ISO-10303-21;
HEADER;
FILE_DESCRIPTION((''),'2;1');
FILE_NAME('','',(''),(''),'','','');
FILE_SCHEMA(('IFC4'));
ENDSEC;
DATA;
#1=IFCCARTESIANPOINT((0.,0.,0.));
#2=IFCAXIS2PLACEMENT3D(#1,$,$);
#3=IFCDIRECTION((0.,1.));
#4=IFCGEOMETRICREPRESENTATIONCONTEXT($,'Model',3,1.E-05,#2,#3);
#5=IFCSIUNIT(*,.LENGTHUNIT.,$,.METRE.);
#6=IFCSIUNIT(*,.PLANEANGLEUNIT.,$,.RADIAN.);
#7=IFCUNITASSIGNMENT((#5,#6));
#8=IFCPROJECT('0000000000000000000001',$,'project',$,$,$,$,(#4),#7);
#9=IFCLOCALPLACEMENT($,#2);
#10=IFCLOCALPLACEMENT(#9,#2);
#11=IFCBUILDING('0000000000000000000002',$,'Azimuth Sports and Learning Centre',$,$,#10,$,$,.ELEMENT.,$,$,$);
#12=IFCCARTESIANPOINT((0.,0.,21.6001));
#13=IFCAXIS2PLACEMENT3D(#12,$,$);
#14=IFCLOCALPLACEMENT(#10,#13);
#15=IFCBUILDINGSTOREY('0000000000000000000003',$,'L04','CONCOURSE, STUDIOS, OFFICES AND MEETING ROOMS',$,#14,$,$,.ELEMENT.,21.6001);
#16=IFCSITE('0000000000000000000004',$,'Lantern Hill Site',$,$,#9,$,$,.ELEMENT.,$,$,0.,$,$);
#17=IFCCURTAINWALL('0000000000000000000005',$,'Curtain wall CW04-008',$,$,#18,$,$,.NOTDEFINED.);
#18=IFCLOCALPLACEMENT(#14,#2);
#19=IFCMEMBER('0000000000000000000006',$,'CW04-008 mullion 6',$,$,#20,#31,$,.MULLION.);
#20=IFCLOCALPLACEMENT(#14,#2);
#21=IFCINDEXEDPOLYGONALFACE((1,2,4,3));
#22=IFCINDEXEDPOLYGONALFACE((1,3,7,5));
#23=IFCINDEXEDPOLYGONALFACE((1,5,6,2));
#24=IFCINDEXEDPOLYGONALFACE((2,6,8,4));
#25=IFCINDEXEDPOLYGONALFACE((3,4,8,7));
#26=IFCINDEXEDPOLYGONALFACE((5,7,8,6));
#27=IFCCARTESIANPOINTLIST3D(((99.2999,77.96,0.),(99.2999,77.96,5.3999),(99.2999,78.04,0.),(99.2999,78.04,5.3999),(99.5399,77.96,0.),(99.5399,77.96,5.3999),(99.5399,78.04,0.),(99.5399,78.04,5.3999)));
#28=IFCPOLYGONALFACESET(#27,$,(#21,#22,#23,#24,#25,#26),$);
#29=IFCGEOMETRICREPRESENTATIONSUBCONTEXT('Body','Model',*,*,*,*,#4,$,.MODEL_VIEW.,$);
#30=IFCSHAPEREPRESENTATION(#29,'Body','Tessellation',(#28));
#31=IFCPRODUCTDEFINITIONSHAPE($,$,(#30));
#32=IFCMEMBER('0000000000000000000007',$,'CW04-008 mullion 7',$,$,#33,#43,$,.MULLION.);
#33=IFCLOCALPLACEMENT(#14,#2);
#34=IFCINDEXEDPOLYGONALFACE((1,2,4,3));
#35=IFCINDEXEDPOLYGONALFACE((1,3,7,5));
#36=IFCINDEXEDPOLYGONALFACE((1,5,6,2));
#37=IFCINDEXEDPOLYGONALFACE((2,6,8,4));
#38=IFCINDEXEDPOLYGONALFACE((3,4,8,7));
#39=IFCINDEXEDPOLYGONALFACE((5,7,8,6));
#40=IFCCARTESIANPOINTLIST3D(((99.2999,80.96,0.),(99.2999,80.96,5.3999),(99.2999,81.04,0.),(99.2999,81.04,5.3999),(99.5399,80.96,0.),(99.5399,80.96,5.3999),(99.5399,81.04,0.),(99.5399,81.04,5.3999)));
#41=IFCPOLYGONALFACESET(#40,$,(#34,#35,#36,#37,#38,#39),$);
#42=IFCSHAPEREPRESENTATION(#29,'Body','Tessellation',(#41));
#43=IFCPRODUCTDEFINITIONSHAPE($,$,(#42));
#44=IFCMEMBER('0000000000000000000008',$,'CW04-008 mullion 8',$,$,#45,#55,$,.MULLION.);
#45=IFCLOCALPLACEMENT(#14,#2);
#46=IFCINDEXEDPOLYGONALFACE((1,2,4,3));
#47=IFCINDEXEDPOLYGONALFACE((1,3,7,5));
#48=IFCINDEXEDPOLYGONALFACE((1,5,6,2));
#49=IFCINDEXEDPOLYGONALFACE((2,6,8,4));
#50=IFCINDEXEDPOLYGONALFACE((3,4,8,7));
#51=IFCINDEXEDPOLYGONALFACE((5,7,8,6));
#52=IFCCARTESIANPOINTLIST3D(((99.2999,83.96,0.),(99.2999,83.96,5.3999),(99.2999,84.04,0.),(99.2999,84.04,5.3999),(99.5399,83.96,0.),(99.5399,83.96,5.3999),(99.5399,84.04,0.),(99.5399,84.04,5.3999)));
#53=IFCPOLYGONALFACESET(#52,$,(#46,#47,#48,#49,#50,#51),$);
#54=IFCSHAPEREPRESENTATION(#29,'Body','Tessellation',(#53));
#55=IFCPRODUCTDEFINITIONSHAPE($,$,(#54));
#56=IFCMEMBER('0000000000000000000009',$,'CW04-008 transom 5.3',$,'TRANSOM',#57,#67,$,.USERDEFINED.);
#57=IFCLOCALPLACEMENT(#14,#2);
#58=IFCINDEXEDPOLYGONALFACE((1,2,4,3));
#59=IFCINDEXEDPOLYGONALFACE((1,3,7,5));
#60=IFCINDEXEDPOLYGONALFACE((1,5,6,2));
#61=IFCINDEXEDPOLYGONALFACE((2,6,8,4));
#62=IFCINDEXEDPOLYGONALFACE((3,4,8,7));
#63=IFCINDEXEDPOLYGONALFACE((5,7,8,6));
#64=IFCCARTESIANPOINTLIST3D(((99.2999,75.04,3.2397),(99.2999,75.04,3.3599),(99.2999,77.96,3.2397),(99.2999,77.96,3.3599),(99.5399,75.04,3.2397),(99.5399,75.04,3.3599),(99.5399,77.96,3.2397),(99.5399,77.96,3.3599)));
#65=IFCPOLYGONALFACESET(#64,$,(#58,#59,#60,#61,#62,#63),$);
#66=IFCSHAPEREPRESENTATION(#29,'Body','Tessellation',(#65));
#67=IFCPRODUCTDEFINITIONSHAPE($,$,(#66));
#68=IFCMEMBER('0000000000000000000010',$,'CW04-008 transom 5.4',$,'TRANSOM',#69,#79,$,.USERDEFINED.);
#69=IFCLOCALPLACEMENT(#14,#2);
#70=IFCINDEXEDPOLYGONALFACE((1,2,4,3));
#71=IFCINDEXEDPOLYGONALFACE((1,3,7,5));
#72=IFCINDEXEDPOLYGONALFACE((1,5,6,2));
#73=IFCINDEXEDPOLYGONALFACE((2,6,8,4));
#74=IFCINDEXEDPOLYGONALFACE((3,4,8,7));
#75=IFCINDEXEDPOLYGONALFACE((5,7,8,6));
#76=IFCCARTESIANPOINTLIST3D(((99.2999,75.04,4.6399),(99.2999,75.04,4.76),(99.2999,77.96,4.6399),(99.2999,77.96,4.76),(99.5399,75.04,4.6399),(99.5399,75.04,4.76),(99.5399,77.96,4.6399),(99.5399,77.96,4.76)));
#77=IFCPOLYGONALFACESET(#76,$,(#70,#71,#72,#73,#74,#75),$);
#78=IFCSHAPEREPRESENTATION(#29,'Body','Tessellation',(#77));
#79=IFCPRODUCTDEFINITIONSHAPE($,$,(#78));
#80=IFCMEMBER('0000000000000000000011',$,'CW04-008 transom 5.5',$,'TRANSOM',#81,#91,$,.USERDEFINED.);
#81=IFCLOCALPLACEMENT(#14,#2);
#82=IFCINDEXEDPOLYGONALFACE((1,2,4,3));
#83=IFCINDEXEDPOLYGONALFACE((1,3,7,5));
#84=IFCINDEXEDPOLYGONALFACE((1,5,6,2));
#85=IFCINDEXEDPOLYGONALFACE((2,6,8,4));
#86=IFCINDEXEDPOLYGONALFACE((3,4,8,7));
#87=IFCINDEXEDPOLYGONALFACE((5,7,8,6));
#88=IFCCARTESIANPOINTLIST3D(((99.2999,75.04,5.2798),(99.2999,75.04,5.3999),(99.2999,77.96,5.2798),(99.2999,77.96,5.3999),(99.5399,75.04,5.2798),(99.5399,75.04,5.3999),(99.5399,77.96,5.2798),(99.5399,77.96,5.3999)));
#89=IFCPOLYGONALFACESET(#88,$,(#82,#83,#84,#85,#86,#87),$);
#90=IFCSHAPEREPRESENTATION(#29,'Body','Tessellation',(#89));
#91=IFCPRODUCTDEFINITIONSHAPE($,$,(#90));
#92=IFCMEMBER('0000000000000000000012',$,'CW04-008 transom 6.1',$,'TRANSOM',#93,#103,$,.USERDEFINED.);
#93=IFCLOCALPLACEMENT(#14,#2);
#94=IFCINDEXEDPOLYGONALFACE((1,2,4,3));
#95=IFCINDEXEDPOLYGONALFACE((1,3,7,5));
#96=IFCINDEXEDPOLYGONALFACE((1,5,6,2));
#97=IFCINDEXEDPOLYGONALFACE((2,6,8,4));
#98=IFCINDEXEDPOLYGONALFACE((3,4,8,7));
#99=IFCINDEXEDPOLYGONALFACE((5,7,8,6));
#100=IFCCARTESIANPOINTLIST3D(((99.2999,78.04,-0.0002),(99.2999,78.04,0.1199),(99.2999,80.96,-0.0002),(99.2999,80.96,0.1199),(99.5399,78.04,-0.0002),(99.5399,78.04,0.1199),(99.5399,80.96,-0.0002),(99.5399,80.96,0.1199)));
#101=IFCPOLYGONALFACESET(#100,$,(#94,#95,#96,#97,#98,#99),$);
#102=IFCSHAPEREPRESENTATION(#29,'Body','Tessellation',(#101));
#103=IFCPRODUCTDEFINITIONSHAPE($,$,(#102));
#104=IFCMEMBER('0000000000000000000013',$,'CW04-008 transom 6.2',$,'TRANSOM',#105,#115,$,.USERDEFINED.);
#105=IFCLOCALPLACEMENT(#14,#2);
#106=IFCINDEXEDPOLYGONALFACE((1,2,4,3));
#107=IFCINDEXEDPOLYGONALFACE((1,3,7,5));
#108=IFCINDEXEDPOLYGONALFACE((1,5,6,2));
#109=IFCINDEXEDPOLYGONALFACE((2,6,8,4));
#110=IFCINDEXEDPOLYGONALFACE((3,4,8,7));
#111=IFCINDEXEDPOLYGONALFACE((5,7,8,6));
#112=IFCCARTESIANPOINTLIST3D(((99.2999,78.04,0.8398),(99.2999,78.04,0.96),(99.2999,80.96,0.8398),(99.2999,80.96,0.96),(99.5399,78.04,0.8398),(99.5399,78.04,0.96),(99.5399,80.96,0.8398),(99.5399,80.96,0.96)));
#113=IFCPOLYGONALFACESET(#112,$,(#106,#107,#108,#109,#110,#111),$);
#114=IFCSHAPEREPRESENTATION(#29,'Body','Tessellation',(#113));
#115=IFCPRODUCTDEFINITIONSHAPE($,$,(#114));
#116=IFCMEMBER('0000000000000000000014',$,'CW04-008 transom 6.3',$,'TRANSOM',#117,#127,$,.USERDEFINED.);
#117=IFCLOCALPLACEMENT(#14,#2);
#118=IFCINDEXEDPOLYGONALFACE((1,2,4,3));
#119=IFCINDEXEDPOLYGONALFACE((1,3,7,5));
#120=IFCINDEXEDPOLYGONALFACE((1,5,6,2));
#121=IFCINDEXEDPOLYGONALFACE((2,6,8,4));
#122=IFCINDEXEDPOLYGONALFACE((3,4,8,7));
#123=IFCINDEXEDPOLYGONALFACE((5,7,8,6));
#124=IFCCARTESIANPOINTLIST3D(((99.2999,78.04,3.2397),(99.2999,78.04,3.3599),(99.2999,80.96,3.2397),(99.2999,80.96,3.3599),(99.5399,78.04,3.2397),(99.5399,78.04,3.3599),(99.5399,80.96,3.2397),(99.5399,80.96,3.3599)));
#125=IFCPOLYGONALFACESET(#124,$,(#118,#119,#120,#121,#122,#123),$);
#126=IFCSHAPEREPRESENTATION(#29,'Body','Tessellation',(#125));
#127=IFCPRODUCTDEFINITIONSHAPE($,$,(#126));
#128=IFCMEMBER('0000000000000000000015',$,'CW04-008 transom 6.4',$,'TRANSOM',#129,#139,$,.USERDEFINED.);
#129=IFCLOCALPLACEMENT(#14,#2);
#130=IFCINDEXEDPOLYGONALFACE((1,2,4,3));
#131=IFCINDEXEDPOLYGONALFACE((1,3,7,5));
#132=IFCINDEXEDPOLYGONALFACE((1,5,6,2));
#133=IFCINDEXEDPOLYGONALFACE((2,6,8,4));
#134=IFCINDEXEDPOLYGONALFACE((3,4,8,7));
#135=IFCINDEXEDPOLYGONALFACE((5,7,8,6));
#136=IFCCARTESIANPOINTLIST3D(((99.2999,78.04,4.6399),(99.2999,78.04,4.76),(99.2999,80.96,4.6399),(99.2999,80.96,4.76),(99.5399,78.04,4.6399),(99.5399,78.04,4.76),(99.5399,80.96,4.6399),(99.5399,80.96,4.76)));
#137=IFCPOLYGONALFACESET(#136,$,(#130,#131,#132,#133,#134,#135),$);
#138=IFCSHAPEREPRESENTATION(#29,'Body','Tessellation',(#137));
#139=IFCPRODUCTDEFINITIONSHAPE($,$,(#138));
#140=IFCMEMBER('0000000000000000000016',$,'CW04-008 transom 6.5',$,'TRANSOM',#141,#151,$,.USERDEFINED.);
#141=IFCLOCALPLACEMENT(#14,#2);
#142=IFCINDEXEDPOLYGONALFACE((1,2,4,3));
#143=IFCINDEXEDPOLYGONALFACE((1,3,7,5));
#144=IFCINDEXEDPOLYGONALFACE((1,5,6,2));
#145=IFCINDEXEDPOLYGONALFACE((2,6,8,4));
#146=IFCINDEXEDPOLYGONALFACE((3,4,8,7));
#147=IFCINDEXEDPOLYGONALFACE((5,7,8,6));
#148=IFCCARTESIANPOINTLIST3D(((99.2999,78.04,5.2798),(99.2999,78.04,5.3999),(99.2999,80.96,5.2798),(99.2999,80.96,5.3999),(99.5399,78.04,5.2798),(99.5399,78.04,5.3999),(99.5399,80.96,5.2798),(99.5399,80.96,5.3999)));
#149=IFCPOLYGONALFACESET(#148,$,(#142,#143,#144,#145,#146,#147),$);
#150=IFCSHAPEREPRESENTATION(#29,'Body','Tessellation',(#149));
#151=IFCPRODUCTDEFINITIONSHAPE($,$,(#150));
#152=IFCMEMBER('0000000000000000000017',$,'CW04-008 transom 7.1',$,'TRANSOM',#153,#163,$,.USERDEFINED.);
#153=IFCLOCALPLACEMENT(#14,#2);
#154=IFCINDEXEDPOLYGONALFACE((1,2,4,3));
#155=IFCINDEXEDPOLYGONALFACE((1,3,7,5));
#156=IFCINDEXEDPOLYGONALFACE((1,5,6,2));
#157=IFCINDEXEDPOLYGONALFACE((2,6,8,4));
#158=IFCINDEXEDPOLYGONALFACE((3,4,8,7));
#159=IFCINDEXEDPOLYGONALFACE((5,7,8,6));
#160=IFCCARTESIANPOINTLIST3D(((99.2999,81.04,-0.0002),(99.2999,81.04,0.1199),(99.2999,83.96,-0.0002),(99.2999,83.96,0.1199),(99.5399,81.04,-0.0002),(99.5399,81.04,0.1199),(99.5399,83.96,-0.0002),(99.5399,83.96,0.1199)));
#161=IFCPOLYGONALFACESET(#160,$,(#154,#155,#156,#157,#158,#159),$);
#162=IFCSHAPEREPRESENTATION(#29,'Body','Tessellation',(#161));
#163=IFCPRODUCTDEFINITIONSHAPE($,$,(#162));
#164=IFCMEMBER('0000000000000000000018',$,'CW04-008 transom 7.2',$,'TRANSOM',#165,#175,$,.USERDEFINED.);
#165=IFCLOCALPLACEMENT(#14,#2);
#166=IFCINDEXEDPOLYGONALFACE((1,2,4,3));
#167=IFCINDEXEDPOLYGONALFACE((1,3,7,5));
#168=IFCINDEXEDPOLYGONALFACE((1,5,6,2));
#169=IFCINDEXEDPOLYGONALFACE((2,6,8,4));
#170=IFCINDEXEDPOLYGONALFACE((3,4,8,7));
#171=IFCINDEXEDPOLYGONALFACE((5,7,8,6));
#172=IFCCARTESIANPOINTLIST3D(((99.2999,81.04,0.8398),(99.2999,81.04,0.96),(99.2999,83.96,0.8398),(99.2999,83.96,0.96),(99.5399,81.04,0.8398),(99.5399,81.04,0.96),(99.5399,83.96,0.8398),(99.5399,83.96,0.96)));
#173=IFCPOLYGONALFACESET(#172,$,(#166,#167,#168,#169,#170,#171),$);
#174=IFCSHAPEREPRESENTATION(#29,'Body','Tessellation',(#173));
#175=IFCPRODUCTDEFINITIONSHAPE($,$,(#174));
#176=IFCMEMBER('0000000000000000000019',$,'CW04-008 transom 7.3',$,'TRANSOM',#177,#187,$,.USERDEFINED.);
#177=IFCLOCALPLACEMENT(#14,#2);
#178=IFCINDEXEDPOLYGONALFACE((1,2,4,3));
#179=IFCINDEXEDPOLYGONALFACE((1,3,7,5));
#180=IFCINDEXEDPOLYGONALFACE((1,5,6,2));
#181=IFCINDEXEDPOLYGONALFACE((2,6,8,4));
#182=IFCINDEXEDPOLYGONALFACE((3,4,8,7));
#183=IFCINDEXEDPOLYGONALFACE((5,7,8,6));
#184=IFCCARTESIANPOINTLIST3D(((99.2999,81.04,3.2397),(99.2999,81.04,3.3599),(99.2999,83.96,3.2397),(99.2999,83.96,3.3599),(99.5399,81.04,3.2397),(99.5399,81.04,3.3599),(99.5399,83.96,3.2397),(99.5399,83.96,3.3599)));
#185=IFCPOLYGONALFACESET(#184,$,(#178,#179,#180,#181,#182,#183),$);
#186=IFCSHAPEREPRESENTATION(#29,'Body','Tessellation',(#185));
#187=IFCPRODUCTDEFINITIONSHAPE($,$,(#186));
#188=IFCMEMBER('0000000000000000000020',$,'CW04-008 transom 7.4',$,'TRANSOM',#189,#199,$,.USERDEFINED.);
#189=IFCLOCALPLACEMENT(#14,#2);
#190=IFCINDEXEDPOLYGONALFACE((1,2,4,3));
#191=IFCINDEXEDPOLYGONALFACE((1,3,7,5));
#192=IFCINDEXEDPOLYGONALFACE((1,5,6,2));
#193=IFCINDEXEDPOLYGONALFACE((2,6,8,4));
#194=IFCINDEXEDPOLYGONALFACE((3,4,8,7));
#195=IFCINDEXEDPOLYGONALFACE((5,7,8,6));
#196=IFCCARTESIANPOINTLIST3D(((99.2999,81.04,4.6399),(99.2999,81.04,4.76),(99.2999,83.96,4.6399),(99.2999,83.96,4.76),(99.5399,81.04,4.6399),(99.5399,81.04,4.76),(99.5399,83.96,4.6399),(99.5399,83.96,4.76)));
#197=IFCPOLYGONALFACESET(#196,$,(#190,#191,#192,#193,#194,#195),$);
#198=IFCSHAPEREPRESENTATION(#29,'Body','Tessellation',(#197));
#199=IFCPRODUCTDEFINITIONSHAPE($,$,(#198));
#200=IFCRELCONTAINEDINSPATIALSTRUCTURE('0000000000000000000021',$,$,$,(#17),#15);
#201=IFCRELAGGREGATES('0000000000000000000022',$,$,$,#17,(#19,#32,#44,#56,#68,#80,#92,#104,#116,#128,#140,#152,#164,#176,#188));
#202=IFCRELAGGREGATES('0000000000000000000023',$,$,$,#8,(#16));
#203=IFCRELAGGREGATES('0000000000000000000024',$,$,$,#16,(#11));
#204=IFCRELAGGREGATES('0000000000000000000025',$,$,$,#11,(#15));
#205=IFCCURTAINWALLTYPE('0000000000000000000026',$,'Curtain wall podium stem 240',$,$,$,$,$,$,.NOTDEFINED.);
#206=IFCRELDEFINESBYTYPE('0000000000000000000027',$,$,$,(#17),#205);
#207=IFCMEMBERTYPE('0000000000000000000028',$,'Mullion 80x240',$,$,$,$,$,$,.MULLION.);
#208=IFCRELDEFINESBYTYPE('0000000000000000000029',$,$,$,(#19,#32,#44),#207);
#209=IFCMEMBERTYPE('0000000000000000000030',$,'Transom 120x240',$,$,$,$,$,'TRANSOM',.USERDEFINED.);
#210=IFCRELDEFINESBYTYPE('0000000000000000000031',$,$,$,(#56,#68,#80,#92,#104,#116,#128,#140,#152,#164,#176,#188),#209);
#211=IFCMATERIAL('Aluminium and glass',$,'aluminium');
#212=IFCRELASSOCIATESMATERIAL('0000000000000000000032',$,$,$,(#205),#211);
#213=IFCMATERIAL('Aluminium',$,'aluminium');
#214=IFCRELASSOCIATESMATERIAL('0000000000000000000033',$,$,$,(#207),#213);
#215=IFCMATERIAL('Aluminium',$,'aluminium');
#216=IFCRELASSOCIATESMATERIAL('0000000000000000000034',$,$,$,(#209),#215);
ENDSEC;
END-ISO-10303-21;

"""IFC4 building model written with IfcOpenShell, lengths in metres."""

from ifc_helpers import new_model, si_unit, direction, frame, origin, origin_2d, place, context, subcontext, project, spatial, rectangle, extrude, material, material_profile, profile_set, type_object, element, aggregate, save


model = new_model("IFC4")

# Units and contexts
model_context = context("Model", 3, precision=1e-05, world=origin(), true_north=direction((0.0, 1.0)))
body_context = subcontext(model_context, "Body", "Model", "MODEL_VIEW")
ifc_project = project(units=[si_unit("LENGTHUNIT", "METRE"), si_unit("PLANEANGLEUNIT", "RADIAN")], contexts=[model_context])

# Site, building, storey
site_placement = place(None, origin())
site = spatial("IfcSite", under=ifc_project, at=site_placement, Name="Lantern Hill Site", CompositionType="ELEMENT", RefElevation=0.0)
building_placement = place(site_placement, origin())
building = spatial("IfcBuilding", under=site, at=building_placement, Name="Azimuth Sports and Learning Centre", CompositionType="ELEMENT")
storey_placement = place(building_placement, frame((0.0, 0.0, 21.6001)))
storey = spatial("IfcBuildingStorey", under=building, at=storey_placement, Name="L04", Description="CONCOURSE, STUDIOS, OFFICES AND MEETING ROOMS", CompositionType="ELEMENT", Elevation=21.6001)

# Curtain wall, members
ifc_material_1 = material(Name="Aluminium and glass", Category="aluminium")
curtain_wall_type = type_object("IfcCurtainWallType", Name="Curtain wall podium stem 240", PredefinedType="NOTDEFINED", material=ifc_material_1)
curtain_wall_placement = place(storey_placement, origin())
curtain_wall = element("IfcCurtainWall", 1, at=curtain_wall_placement, inside=storey, type_object=curtain_wall_type, Name="Curtain wall CW04-008", PredefinedType="NOTDEFINED")
ifc_material_2 = material(Name="Aluminium", Category="aluminium")
ifc_material_profile_1 = material_profile(ifc_material_2, rectangle(XDim=0.24, YDim=0.0801, at=origin_2d()), Name="Mullion 80x240")
ifc_profile_set_1 = profile_set([ifc_material_profile_1], Name="Aluminium")
member_type_1 = type_object("IfcMemberType", Name="Mullion 80x240", PredefinedType="MULLION", material=ifc_profile_set_1)
member_1_placement = place(storey_placement, frame((99.4199, 78.0, 0.0), z_axis=(0.0, 0.0, 1.0), x_axis=(-1.0, 0.0, 0.0)))
member_1 = element("IfcMember", 2, at=member_1_placement, type_object=member_type_1, Name="CW04-008 mullion 6", PredefinedType="MULLION", context=body_context, shape_type="SweptSolid", body=[
    extrude(rectangle(XDim=0.24, YDim=0.0801, at=origin_2d()), origin(), (0.0, 0.0, 1.0), 5.3999),
])
member_2_placement = place(storey_placement, frame((99.4199, 81.0, 0.0), z_axis=(0.0, 0.0, 1.0), x_axis=(-1.0, 0.0, 0.0)))
member_2 = element("IfcMember", 3, at=member_2_placement, type_object=member_type_1, Name="CW04-008 mullion 7", PredefinedType="MULLION", context=body_context, shape_type="SweptSolid", body=[
    extrude(rectangle(XDim=0.24, YDim=0.0801, at=origin_2d()), origin(), (0.0, 0.0, 1.0), 5.3999),
])
member_3_placement = place(storey_placement, frame((99.4199, 84.0, 0.0), z_axis=(0.0, 0.0, 1.0), x_axis=(-1.0, 0.0, 0.0)))
member_3 = element("IfcMember", 4, at=member_3_placement, type_object=member_type_1, Name="CW04-008 mullion 8", PredefinedType="MULLION", context=body_context, shape_type="SweptSolid", body=[
    extrude(rectangle(XDim=0.24, YDim=0.0801, at=origin_2d()), origin(), (0.0, 0.0, 1.0), 5.3999),
])
ifc_material_3 = material(Name="Aluminium", Category="aluminium")
ifc_material_profile_2 = material_profile(ifc_material_3, rectangle(XDim=0.24, YDim=0.1201, at=origin_2d()), Name="Transom 120x240")
ifc_profile_set_2 = profile_set([ifc_material_profile_2], Name="Aluminium")
member_type_2 = type_object("IfcMemberType", Name="Transom 120x240", ElementType="TRANSOM", PredefinedType="USERDEFINED", material=ifc_profile_set_2)
member_4_placement = place(storey_placement, frame((99.4199, 75.04, 3.2998), z_axis=(0.0, 1.0, 0.0), x_axis=(-1.0, 0.0, 0.0)))
member_4 = element("IfcMember", 5, at=member_4_placement, type_object=member_type_2, Name="CW04-008 transom 5.3", ObjectType="TRANSOM", PredefinedType="USERDEFINED", context=body_context, shape_type="SweptSolid", body=[
    extrude(rectangle(XDim=0.24, YDim=0.1201, at=origin_2d()), origin(), (0.0, 0.0, 1.0), 2.9199),
])
member_5_placement = place(storey_placement, frame((99.4199, 75.04, 4.7), z_axis=(0.0, 1.0, 0.0), x_axis=(-1.0, 0.0, 0.0)))
member_5 = element("IfcMember", 6, at=member_5_placement, type_object=member_type_2, Name="CW04-008 transom 5.4", ObjectType="TRANSOM", PredefinedType="USERDEFINED", context=body_context, shape_type="SweptSolid", body=[
    extrude(rectangle(XDim=0.24, YDim=0.1201, at=origin_2d()), origin(), (0.0, 0.0, 1.0), 2.9199),
])
member_6_placement = place(storey_placement, frame((99.4199, 75.04, 5.3398), z_axis=(0.0, 1.0, 0.0), x_axis=(-1.0, 0.0, 0.0)))
member_6 = element("IfcMember", 7, at=member_6_placement, type_object=member_type_2, Name="CW04-008 transom 5.5", ObjectType="TRANSOM", PredefinedType="USERDEFINED", context=body_context, shape_type="SweptSolid", body=[
    extrude(rectangle(XDim=0.24, YDim=0.1201, at=origin_2d()), origin(), (0.0, 0.0, 1.0), 2.9199),
])
member_7_placement = place(storey_placement, frame((99.4199, 78.04, 0.0598), z_axis=(0.0, 1.0, 0.0), x_axis=(-1.0, 0.0, 0.0)))
member_7 = element("IfcMember", 8, at=member_7_placement, type_object=member_type_2, Name="CW04-008 transom 6.1", ObjectType="TRANSOM", PredefinedType="USERDEFINED", context=body_context, shape_type="SweptSolid", body=[
    extrude(rectangle(XDim=0.24, YDim=0.1201, at=origin_2d()), origin(), (0.0, 0.0, 1.0), 2.9199),
])
member_8_placement = place(storey_placement, frame((99.4199, 78.04, 0.8999), z_axis=(0.0, 1.0, 0.0), x_axis=(-1.0, 0.0, 0.0)))
member_8 = element("IfcMember", 9, at=member_8_placement, type_object=member_type_2, Name="CW04-008 transom 6.2", ObjectType="TRANSOM", PredefinedType="USERDEFINED", context=body_context, shape_type="SweptSolid", body=[
    extrude(rectangle(XDim=0.24, YDim=0.1201, at=origin_2d()), origin(), (0.0, 0.0, 1.0), 2.9199),
])
member_9_placement = place(storey_placement, frame((99.4199, 78.04, 3.2998), z_axis=(0.0, 1.0, 0.0), x_axis=(-1.0, 0.0, 0.0)))
member_9 = element("IfcMember", 10, at=member_9_placement, type_object=member_type_2, Name="CW04-008 transom 6.3", ObjectType="TRANSOM", PredefinedType="USERDEFINED", context=body_context, shape_type="SweptSolid", body=[
    extrude(rectangle(XDim=0.24, YDim=0.1201, at=origin_2d()), origin(), (0.0, 0.0, 1.0), 2.9199),
])
member_10_placement = place(storey_placement, frame((99.4199, 78.04, 4.7), z_axis=(0.0, 1.0, 0.0), x_axis=(-1.0, 0.0, 0.0)))
member_10 = element("IfcMember", 11, at=member_10_placement, type_object=member_type_2, Name="CW04-008 transom 6.4", ObjectType="TRANSOM", PredefinedType="USERDEFINED", context=body_context, shape_type="SweptSolid", body=[
    extrude(rectangle(XDim=0.24, YDim=0.1201, at=origin_2d()), origin(), (0.0, 0.0, 1.0), 2.9199),
])
member_11_placement = place(storey_placement, frame((99.4199, 78.04, 5.3398), z_axis=(0.0, 1.0, 0.0), x_axis=(-1.0, 0.0, 0.0)))
member_11 = element("IfcMember", 12, at=member_11_placement, type_object=member_type_2, Name="CW04-008 transom 6.5", ObjectType="TRANSOM", PredefinedType="USERDEFINED", context=body_context, shape_type="SweptSolid", body=[
    extrude(rectangle(XDim=0.24, YDim=0.1201, at=origin_2d()), origin(), (0.0, 0.0, 1.0), 2.9199),
])
member_12_placement = place(storey_placement, frame((99.4199, 81.04, 0.0598), z_axis=(0.0, 1.0, 0.0), x_axis=(-1.0, 0.0, 0.0)))
member_12 = element("IfcMember", 13, at=member_12_placement, type_object=member_type_2, Name="CW04-008 transom 7.1", ObjectType="TRANSOM", PredefinedType="USERDEFINED", context=body_context, shape_type="SweptSolid", body=[
    extrude(rectangle(XDim=0.24, YDim=0.1201, at=origin_2d()), origin(), (0.0, 0.0, 1.0), 2.9199),
])
member_13_placement = place(storey_placement, frame((99.4199, 81.04, 0.8999), z_axis=(0.0, 1.0, 0.0), x_axis=(-1.0, 0.0, 0.0)))
member_13 = element("IfcMember", 14, at=member_13_placement, type_object=member_type_2, Name="CW04-008 transom 7.2", ObjectType="TRANSOM", PredefinedType="USERDEFINED", context=body_context, shape_type="SweptSolid", body=[
    extrude(rectangle(XDim=0.24, YDim=0.1201, at=origin_2d()), origin(), (0.0, 0.0, 1.0), 2.9199),
])
member_14_placement = place(storey_placement, frame((99.4199, 81.04, 3.2998), z_axis=(0.0, 1.0, 0.0), x_axis=(-1.0, 0.0, 0.0)))
member_14 = element("IfcMember", 15, at=member_14_placement, type_object=member_type_2, Name="CW04-008 transom 7.3", ObjectType="TRANSOM", PredefinedType="USERDEFINED", context=body_context, shape_type="SweptSolid", body=[
    extrude(rectangle(XDim=0.24, YDim=0.1201, at=origin_2d()), origin(), (0.0, 0.0, 1.0), 2.9199),
])
member_15_placement = place(storey_placement, frame((99.4199, 81.04, 4.7), z_axis=(0.0, 1.0, 0.0), x_axis=(-1.0, 0.0, 0.0)))
member_15 = element("IfcMember", 16, at=member_15_placement, type_object=member_type_2, Name="CW04-008 transom 7.4", ObjectType="TRANSOM", PredefinedType="USERDEFINED", context=body_context, shape_type="SweptSolid", body=[
    extrude(rectangle(XDim=0.24, YDim=0.1201, at=origin_2d()), origin(), (0.0, 0.0, 1.0), 2.9199),
])
aggregate(curtain_wall, [member_1, member_2, member_3, member_4, member_5, member_6, member_7, member_8, member_9, member_10, member_11, member_12, member_13, member_14, member_15])

save(model, "model.ifc")
